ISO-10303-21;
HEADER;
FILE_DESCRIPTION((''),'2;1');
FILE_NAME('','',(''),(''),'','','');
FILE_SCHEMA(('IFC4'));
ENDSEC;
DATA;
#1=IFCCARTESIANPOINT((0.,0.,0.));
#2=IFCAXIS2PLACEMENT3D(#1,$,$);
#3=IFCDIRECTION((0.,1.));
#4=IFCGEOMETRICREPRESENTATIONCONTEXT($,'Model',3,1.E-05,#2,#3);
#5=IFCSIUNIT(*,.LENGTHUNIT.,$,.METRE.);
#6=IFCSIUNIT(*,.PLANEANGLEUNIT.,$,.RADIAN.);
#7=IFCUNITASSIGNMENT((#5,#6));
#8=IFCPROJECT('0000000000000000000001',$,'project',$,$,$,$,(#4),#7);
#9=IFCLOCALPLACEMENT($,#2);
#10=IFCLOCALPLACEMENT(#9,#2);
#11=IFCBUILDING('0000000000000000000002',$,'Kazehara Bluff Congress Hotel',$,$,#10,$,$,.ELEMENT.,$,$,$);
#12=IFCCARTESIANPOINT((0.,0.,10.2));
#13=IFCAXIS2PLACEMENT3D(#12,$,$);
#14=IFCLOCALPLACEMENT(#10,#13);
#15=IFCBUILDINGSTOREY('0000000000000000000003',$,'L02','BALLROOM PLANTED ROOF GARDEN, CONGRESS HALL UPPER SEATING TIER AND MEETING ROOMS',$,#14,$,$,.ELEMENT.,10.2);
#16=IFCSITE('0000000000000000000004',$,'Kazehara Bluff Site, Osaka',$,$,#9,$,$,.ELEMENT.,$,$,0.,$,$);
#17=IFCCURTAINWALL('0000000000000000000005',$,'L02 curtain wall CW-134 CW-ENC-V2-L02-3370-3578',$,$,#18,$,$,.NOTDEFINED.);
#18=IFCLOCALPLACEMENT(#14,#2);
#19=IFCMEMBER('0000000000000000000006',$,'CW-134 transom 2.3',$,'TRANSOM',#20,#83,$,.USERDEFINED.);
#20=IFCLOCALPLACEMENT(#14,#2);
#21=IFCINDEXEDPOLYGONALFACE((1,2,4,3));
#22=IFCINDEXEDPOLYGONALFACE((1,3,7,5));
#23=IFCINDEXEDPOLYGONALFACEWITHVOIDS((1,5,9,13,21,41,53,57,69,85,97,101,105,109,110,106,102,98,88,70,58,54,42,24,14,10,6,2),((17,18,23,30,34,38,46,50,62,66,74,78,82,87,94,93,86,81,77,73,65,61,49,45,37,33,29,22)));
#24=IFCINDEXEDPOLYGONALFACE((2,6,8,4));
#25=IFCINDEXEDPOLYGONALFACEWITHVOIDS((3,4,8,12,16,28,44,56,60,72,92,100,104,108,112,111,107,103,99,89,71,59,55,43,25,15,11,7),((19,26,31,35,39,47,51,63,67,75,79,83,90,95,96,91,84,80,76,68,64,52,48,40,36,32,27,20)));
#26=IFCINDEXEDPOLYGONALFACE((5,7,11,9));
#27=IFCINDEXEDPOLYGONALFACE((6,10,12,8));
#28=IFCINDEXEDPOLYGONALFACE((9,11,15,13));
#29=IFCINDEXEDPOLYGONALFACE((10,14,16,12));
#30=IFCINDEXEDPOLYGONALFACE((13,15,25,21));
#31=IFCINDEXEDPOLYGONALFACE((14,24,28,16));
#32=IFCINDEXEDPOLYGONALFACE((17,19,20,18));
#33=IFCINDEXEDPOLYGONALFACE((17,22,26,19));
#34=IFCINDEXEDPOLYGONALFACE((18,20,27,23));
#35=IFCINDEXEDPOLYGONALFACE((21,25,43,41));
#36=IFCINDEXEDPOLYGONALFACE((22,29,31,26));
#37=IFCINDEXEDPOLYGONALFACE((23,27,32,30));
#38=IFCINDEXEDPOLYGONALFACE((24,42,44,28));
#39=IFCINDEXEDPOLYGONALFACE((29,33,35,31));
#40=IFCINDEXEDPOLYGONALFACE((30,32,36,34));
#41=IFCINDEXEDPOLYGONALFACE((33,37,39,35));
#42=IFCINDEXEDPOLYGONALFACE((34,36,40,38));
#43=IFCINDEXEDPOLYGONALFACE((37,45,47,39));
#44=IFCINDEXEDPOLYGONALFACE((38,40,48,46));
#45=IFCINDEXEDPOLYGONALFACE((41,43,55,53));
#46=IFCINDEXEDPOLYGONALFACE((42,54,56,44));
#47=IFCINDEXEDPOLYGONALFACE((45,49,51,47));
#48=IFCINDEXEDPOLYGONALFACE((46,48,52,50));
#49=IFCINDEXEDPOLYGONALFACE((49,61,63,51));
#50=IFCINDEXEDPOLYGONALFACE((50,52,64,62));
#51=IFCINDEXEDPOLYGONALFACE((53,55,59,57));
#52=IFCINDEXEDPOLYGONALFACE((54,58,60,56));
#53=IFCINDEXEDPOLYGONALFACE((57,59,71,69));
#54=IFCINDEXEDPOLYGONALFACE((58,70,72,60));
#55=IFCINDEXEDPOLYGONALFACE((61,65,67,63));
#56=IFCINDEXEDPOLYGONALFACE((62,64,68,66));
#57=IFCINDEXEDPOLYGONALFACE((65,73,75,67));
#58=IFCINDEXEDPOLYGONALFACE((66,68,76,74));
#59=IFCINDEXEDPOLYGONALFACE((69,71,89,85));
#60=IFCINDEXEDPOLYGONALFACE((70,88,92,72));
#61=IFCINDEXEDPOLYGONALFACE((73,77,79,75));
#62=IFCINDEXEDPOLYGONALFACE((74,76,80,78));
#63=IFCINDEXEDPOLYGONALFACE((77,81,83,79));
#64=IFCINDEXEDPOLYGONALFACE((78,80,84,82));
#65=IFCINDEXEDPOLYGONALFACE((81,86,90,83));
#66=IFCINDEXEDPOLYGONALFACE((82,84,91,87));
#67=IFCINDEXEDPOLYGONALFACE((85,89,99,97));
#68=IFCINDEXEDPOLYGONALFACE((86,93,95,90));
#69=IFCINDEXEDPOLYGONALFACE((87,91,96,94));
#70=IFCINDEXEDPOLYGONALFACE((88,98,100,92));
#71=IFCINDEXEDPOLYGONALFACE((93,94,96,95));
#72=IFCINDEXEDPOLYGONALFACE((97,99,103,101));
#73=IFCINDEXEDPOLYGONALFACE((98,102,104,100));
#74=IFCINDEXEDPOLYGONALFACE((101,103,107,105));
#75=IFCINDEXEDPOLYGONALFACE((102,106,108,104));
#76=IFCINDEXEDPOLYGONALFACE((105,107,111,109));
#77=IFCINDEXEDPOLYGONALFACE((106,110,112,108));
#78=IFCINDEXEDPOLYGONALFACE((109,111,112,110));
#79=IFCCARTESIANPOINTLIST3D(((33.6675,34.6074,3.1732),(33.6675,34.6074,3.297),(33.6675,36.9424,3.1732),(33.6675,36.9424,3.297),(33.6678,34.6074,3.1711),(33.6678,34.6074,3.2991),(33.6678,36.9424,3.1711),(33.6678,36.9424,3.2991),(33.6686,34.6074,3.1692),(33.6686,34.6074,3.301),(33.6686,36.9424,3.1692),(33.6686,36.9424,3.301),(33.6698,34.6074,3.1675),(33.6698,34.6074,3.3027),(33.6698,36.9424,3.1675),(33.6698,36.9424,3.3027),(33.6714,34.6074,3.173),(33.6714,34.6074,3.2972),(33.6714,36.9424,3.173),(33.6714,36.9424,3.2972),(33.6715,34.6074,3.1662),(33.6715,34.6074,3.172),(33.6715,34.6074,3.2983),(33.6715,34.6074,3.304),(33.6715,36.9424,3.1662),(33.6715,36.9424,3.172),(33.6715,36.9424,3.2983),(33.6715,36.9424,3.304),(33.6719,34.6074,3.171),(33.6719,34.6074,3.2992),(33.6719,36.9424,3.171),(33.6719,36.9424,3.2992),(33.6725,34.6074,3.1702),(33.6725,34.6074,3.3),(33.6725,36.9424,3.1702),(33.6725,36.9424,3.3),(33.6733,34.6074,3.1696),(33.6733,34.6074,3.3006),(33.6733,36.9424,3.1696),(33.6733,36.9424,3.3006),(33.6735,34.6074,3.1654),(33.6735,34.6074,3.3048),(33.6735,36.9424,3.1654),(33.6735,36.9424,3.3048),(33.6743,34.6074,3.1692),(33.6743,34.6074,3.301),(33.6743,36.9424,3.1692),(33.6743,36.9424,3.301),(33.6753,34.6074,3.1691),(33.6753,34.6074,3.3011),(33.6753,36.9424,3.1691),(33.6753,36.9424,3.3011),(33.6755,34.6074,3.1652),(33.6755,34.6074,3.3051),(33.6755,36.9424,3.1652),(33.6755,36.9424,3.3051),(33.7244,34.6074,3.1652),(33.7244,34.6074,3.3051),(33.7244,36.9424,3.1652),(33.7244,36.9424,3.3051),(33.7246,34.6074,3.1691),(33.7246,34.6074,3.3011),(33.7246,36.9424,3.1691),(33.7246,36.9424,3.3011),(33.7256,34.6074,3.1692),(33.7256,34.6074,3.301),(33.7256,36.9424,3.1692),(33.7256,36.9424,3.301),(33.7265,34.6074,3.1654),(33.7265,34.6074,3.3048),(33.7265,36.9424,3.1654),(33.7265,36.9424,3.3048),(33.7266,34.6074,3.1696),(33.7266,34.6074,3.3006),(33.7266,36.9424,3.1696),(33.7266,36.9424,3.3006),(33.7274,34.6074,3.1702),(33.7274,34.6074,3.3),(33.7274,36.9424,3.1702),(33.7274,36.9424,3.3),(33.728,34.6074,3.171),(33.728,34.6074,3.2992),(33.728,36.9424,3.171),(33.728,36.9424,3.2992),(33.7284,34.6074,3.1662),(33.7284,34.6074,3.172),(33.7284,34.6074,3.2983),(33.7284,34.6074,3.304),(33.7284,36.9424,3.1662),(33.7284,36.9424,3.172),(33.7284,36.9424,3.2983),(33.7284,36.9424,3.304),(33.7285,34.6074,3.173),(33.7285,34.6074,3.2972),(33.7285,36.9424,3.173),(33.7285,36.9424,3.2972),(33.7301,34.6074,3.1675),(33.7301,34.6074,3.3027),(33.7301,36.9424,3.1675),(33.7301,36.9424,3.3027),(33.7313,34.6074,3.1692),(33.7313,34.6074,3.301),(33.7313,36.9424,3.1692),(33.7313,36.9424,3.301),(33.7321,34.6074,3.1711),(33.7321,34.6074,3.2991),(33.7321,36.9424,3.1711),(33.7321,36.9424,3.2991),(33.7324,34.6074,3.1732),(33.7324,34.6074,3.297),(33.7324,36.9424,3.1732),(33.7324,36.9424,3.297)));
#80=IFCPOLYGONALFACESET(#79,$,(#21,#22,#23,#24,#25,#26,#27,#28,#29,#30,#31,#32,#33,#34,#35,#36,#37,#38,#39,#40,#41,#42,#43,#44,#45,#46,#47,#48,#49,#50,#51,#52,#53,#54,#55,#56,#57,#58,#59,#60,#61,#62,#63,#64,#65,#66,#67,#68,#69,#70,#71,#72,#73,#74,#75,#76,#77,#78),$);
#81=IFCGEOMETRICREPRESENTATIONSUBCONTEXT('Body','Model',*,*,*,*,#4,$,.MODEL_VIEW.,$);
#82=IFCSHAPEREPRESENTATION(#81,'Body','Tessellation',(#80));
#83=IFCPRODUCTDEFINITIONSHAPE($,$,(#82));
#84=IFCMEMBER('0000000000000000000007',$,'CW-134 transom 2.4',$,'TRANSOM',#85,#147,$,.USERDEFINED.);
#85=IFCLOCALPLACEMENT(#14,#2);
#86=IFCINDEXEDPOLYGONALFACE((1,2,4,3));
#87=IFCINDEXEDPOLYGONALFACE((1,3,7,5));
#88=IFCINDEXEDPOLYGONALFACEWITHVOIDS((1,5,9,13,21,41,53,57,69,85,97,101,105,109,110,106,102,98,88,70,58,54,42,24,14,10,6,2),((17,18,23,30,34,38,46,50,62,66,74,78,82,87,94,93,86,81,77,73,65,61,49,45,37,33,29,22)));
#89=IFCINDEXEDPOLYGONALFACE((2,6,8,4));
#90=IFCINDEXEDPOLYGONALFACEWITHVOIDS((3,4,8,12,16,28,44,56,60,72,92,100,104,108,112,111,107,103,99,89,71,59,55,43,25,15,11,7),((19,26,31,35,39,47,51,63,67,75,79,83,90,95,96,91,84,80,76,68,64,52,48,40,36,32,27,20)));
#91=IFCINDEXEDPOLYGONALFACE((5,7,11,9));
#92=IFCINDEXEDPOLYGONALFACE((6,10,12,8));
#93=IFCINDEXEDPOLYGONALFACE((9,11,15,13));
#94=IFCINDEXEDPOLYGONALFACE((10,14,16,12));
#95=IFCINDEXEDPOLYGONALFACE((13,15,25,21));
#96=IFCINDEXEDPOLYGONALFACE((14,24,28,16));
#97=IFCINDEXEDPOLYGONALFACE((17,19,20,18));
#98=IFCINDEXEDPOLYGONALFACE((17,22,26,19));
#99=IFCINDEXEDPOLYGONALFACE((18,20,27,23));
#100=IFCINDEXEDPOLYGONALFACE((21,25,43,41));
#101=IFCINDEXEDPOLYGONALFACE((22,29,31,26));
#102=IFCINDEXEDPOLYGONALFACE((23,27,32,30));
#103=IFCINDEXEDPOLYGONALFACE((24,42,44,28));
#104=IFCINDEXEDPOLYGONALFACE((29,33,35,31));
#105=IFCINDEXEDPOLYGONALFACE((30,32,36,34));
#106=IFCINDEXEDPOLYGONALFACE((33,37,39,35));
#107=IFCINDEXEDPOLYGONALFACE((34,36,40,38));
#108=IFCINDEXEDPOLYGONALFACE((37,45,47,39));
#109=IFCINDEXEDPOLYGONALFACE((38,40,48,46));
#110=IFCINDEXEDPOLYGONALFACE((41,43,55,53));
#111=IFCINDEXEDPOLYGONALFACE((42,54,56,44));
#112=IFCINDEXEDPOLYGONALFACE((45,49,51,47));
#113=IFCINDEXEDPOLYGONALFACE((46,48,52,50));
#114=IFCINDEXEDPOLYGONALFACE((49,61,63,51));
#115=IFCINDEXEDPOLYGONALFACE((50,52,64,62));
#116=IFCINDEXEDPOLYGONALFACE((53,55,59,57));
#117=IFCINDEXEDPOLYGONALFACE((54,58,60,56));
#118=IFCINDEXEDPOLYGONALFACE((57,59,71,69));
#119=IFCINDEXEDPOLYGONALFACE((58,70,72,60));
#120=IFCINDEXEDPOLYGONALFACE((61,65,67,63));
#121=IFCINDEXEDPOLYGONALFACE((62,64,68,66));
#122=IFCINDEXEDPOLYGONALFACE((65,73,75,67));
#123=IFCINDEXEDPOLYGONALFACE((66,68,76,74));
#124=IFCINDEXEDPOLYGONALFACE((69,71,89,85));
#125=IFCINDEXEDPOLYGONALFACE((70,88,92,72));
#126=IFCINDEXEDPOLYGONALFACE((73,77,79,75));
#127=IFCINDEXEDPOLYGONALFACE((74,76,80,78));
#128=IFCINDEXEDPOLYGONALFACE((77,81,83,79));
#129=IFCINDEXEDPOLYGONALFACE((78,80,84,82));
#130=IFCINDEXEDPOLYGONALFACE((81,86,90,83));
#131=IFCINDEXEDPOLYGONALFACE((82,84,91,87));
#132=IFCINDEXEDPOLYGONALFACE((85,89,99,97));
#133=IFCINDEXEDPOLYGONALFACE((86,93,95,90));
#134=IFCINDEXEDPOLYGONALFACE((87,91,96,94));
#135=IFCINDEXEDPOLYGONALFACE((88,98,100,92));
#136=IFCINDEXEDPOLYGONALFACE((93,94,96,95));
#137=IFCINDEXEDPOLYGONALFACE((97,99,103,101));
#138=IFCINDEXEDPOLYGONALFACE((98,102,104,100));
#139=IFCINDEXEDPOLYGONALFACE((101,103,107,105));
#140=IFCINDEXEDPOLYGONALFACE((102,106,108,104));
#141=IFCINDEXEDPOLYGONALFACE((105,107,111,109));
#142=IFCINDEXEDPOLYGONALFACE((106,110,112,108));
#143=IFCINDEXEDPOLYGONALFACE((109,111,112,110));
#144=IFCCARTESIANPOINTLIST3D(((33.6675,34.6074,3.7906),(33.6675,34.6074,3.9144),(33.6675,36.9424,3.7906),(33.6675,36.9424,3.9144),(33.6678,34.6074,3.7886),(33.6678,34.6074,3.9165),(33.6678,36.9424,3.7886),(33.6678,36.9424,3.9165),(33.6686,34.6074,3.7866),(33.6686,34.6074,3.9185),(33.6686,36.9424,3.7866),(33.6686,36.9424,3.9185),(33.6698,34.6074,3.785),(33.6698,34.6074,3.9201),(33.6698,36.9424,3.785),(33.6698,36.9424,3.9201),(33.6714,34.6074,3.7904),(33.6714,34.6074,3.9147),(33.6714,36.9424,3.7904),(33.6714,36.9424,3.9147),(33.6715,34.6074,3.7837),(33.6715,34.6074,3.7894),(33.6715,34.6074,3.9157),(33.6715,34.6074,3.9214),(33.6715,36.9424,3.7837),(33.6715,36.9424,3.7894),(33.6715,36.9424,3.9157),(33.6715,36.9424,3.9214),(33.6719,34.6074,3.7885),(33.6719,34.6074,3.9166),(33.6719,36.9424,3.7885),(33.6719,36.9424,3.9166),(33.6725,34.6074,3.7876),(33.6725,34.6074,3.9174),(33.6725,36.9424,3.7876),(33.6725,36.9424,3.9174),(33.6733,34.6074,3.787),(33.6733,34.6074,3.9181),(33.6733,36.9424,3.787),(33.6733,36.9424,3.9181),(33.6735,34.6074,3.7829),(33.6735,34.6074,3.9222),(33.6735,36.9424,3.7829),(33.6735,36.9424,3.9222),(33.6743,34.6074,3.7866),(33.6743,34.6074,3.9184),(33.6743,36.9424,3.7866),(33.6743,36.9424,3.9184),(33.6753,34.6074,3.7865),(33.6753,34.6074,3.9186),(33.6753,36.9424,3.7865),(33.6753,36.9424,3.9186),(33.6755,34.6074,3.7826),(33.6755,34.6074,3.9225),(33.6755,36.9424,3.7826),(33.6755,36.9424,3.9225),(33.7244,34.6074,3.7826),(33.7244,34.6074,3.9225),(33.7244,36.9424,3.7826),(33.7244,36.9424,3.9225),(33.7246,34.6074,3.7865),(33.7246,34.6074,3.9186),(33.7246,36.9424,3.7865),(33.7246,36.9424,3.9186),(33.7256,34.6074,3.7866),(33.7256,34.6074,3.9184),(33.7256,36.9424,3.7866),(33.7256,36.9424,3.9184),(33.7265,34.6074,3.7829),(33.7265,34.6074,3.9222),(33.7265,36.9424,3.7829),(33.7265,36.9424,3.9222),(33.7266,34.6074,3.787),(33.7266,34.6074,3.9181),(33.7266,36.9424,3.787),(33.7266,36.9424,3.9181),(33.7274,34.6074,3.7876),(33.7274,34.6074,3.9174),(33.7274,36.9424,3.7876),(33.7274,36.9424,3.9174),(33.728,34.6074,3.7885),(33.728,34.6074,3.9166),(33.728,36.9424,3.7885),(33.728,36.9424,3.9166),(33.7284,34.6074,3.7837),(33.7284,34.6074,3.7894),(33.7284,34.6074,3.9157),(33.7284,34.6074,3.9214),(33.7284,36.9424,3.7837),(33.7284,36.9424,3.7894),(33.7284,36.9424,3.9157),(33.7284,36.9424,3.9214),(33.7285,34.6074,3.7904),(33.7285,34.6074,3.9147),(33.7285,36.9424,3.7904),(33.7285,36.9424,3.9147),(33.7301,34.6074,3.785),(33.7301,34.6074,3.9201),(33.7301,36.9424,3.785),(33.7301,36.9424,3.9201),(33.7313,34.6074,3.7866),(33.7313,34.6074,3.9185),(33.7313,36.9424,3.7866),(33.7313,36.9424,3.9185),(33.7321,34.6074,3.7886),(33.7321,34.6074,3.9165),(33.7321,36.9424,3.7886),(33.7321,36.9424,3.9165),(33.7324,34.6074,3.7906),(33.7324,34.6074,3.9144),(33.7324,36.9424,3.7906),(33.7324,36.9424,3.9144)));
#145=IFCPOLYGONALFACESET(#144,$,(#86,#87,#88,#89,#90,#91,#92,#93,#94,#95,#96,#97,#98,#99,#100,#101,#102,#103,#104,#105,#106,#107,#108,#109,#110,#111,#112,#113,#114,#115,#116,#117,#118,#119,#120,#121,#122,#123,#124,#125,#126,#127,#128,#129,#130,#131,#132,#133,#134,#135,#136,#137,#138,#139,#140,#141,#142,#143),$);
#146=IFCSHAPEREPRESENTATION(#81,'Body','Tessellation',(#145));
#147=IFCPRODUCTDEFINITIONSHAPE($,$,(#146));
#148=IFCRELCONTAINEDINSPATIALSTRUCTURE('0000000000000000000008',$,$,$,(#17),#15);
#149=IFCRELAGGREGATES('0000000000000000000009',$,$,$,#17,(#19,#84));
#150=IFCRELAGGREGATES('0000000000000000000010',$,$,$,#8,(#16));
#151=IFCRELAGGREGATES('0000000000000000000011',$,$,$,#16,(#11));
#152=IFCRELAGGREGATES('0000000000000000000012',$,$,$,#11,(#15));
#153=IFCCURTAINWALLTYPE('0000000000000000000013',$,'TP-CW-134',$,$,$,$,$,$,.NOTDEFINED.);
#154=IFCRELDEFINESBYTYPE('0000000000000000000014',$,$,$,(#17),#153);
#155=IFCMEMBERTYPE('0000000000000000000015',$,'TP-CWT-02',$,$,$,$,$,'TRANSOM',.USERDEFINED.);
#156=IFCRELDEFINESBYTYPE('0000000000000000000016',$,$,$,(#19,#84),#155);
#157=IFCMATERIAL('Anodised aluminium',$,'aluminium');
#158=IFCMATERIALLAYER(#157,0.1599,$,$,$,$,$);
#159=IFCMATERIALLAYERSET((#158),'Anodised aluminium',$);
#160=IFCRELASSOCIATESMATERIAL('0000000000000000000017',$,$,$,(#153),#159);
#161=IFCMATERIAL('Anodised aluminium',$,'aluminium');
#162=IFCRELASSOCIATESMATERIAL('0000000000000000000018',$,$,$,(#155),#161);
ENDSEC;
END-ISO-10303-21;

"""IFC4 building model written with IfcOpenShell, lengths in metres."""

from ifc_helpers import new_model, si_unit, direction, frame, origin, origin_2d, place, context, subcontext, project, spatial, hollow_rectangle, extrude, material, layer, layer_set, material_profile, profile_set, type_object, element, aggregate, save


model = new_model("IFC4")

# Units and contexts
model_context = context("Model", 3, precision=1e-05, world=origin(), true_north=direction((0.0, 1.0)))
body_context = subcontext(model_context, "Body", "Model", "MODEL_VIEW")
ifc_project = project(units=[si_unit("LENGTHUNIT", "METRE"), si_unit("PLANEANGLEUNIT", "RADIAN")], contexts=[model_context])

# Site, building, storey
site_placement = place(None, origin())
site = spatial("IfcSite", under=ifc_project, at=site_placement, Name="Kazehara Bluff Site, Osaka", CompositionType="ELEMENT", RefElevation=0.0)
building_placement = place(site_placement, origin())
building = spatial("IfcBuilding", under=site, at=building_placement, Name="Kazehara Bluff Congress Hotel", CompositionType="ELEMENT")
storey_placement = place(building_placement, frame((0.0, 0.0, 10.2)))
storey = spatial("IfcBuildingStorey", under=building, at=storey_placement, Name="L02", Description="BALLROOM PLANTED ROOF GARDEN, CONGRESS HALL UPPER SEATING TIER AND MEETING ROOMS", CompositionType="ELEMENT", Elevation=10.2)

# Curtain wall, members
ifc_material_1 = material(Name="Anodised aluminium", Category="aluminium")
ifc_layer_1 = layer(ifc_material_1, 0.1599)
ifc_layer_set_1 = layer_set([ifc_layer_1], Name="Anodised aluminium")
curtain_wall_type_1 = type_object("IfcCurtainWallType", Name="TP-CW-134", PredefinedType="NOTDEFINED", material=ifc_layer_set_1)
curtain_wall_1_placement = place(storey_placement, origin())
curtain_wall_1 = element("IfcCurtainWall", 1, at=curtain_wall_1_placement, inside=storey, type_object=curtain_wall_type_1, Name="L02 curtain wall CW-134 CW-ENC-V2-L02-3370-3578", PredefinedType="NOTDEFINED")
ifc_material_2 = material(Name="Anodised aluminium", Category="aluminium")
ifc_material_profile_1 = material_profile(ifc_material_2, hollow_rectangle(XDim=0.0649, YDim=0.1399, WallThickness=0.0039, InnerFilletRadius=0.0039, OuterFilletRadius=0.0081, at=origin_2d()))
ifc_profile_set_1 = profile_set([ifc_material_profile_1], Name="Anodised aluminium")
member_type_1 = type_object("IfcMemberType", Name="TP-CWT-02", ElementType="TRANSOM", PredefinedType="USERDEFINED", material=ifc_profile_set_1)
member_1_placement = place(storey_placement, frame((33.7, 34.6074, 3.2351), z_axis=(0.0, 1.0, 0.0), x_axis=(-1.0, 0.0, 0.0)))
member_1 = element("IfcMember", 2, at=member_1_placement, type_object=member_type_1, Name="CW-134 transom 2.3", ObjectType="TRANSOM", PredefinedType="USERDEFINED", context=body_context, shape_type="SweptSolid", body=[
    extrude(hollow_rectangle(XDim=0.0649, YDim=0.1399, WallThickness=0.0039, InnerFilletRadius=0.0039, OuterFilletRadius=0.0081, at=origin_2d()), origin(), (0.0, 0.0, 1.0), 2.335),
])
member_2_placement = place(storey_placement, frame((33.7, 34.6074, 3.8525), z_axis=(0.0, 1.0, 0.0), x_axis=(-1.0, 0.0, 0.0)))
member_2 = element("IfcMember", 3, at=member_2_placement, type_object=member_type_1, Name="CW-134 transom 2.4", ObjectType="TRANSOM", PredefinedType="USERDEFINED", context=body_context, shape_type="SweptSolid", body=[
    extrude(hollow_rectangle(XDim=0.0649, YDim=0.1399, WallThickness=0.0039, InnerFilletRadius=0.0039, OuterFilletRadius=0.0081, at=origin_2d()), origin(), (0.0, 0.0, 1.0), 2.335),
])

aggregate(curtain_wall_1, [member_1, member_2])

save(model, "model.ifc")
